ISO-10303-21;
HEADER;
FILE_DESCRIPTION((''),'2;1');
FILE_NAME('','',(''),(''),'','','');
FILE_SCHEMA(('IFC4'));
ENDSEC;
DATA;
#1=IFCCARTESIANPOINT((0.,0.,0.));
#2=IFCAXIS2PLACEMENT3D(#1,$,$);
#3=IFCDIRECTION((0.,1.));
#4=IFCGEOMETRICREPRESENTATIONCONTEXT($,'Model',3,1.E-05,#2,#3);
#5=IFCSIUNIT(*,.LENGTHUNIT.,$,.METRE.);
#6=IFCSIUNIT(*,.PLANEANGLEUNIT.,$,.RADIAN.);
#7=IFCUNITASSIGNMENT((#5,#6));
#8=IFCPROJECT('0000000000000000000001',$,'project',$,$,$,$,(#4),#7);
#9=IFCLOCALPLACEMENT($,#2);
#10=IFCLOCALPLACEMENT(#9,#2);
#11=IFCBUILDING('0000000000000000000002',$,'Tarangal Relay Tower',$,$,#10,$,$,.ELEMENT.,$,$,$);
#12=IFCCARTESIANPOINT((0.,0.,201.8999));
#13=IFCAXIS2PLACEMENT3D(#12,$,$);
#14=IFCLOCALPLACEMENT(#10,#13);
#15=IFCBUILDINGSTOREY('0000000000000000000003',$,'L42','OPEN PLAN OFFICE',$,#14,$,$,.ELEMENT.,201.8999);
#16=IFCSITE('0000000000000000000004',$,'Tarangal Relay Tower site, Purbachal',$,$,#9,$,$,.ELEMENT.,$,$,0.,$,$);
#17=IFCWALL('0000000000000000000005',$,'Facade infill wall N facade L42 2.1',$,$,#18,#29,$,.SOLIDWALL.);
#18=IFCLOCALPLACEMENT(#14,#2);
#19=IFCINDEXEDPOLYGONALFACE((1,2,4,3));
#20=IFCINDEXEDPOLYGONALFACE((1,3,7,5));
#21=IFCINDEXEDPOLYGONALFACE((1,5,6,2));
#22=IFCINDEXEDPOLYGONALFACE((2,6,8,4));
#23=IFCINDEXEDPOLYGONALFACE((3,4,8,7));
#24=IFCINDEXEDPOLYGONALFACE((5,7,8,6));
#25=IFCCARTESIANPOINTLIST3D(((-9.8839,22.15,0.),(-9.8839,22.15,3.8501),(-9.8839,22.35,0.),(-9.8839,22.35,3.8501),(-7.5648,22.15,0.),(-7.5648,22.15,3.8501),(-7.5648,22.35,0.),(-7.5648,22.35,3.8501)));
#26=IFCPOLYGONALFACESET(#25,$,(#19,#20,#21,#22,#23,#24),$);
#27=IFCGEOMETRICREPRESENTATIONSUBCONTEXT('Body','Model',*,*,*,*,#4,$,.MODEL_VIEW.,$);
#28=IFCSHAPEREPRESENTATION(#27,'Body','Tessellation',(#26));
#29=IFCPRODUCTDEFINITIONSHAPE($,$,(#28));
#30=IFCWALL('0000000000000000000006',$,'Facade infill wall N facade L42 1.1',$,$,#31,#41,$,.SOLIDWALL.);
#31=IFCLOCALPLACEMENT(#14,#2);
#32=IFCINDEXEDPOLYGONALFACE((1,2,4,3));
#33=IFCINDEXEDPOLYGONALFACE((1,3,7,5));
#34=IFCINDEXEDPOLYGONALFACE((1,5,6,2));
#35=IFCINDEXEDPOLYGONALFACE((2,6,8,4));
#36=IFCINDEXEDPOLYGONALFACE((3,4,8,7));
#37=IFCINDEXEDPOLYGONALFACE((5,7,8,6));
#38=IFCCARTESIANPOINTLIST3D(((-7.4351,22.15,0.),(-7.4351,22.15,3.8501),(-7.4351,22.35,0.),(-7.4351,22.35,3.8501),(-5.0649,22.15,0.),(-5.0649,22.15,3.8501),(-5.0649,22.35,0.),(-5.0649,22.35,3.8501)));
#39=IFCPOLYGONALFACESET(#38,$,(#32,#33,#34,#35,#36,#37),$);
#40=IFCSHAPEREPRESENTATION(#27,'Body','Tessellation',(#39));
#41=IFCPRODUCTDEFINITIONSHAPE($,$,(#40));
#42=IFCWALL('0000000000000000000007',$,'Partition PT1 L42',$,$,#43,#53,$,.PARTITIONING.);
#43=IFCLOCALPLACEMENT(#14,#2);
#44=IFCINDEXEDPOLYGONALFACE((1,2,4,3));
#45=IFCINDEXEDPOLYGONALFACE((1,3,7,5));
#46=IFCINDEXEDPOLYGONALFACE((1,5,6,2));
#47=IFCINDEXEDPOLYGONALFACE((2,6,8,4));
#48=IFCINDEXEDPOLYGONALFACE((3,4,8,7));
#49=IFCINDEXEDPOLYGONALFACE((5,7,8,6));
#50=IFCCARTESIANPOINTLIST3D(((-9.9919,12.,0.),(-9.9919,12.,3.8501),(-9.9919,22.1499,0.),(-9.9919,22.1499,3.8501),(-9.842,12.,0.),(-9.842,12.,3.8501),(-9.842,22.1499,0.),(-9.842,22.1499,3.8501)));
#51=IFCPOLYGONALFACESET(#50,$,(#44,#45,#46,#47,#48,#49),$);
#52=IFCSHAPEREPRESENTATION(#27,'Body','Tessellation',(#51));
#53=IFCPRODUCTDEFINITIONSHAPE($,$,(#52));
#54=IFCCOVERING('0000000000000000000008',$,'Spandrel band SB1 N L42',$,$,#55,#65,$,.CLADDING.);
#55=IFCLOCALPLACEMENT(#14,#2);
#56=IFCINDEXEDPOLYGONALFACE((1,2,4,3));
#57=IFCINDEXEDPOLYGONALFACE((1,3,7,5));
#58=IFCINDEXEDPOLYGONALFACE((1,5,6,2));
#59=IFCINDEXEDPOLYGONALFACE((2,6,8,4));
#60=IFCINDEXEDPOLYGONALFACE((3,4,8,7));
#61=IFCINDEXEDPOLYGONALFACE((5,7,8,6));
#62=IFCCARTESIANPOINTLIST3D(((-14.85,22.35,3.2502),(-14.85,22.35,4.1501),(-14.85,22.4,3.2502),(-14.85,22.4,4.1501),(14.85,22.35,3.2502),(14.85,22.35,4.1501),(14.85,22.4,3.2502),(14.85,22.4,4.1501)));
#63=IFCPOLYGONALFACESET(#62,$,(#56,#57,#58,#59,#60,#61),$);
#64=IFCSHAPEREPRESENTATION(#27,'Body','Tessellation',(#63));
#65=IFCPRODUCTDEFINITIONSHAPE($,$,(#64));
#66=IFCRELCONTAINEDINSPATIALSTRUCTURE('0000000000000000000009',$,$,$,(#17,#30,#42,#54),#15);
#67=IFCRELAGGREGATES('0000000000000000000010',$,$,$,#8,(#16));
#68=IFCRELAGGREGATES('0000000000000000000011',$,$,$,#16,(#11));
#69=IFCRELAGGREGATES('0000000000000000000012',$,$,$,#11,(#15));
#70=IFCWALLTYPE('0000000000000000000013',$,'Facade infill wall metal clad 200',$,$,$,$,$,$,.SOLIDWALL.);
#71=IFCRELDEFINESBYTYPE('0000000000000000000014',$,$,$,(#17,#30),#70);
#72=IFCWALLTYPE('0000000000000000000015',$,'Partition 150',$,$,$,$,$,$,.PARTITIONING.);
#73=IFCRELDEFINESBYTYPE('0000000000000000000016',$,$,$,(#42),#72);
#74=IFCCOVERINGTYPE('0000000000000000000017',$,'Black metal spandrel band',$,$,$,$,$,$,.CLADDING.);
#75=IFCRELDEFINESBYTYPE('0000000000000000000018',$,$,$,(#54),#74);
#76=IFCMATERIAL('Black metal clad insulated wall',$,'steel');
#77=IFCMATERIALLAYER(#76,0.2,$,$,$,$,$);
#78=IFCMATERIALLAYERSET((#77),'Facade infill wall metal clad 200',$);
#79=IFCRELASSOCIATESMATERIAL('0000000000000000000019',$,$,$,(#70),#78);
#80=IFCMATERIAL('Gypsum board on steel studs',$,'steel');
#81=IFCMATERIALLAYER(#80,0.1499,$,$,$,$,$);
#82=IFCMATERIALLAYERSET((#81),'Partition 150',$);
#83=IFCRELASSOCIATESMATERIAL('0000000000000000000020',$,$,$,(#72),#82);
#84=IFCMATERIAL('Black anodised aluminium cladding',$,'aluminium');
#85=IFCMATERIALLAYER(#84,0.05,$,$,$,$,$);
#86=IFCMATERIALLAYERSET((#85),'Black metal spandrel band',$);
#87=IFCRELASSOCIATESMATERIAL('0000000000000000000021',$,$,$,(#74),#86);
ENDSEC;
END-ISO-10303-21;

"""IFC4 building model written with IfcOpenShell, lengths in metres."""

from ifc_helpers import new_model, si_unit, direction, frame, frame_2d, origin, origin_2d, place, context, subcontext, project, spatial, rectangle, extrude, material, layer, layer_set, type_object, element, save


model = new_model("IFC4")

# Units and contexts
model_context = context("Model", 3, precision=1e-05, world=origin(), true_north=direction((0.0, 1.0)))
body_context = subcontext(model_context, "Body", "Model", "MODEL_VIEW")
ifc_project = project(units=[si_unit("LENGTHUNIT", "METRE"), si_unit("PLANEANGLEUNIT", "RADIAN")], contexts=[model_context])

# Site, building, storey
site_placement = place(None, origin())
site = spatial("IfcSite", under=ifc_project, at=site_placement, Name="Tarangal Relay Tower site, Purbachal", CompositionType="ELEMENT", RefElevation=0.0)
building_placement = place(site_placement, origin())
building = spatial("IfcBuilding", under=site, at=building_placement, Name="Tarangal Relay Tower", CompositionType="ELEMENT")
storey_placement = place(building_placement, frame((0.0, 0.0, 201.8999)))
storey = spatial("IfcBuildingStorey", under=building, at=storey_placement, Name="L42", Description="OPEN PLAN OFFICE", CompositionType="ELEMENT", Elevation=201.8999)

# Walls
ifc_material_1 = material(Name="Black metal clad insulated wall", Category="steel")
ifc_layer_1 = layer(ifc_material_1, 0.2)
ifc_layer_set_1 = layer_set([ifc_layer_1], Name="Facade infill wall metal clad 200")
wall_type_1 = type_object("IfcWallType", Name="Facade infill wall metal clad 200", PredefinedType="SOLIDWALL", material=ifc_layer_set_1)
wall_1_placement = place(storey_placement, frame((-9.884, 22.25, 0.0), z_axis=(0.0, 0.0, 1.0), x_axis=(1.0, 0.0, 0.0)))
element("IfcWall", 1, at=wall_1_placement, inside=storey, type_object=wall_type_1, Name="Facade infill wall N facade L42 2.1", PredefinedType="SOLIDWALL", context=body_context, shape_type="SweptSolid", body=[
    extrude(rectangle(XDim=2.3191, YDim=0.2, at=frame_2d((1.1597, 0.0))), origin(), (0.0, 0.0, 1.0), 3.8501),
])
wall_2_placement = place(storey_placement, frame((-7.4351, 22.25, 0.0), z_axis=(0.0, 0.0, 1.0), x_axis=(1.0, 0.0, 0.0)))
element("IfcWall", 2, at=wall_2_placement, inside=storey, type_object=wall_type_1, Name="Facade infill wall N facade L42 1.1", PredefinedType="SOLIDWALL", context=body_context, shape_type="SweptSolid", body=[
    extrude(rectangle(XDim=2.3701, YDim=0.2, at=frame_2d((1.1851, 0.0))), origin(), (0.0, 0.0, 1.0), 3.8501),
])
ifc_material_2 = material(Name="Gypsum board on steel studs", Category="steel")
ifc_layer_2 = layer(ifc_material_2, 0.1499)
ifc_layer_set_2 = layer_set([ifc_layer_2], Name="Partition 150")
wall_type_2 = type_object("IfcWallType", Name="Partition 150", PredefinedType="PARTITIONING", material=ifc_layer_set_2)
wall_3_placement = place(storey_placement, frame((-9.917, 12.0, 0.0), z_axis=(0.0, 0.0, 1.0), x_axis=(0.0, 1.0, 0.0)))
element("IfcWall", 3, at=wall_3_placement, inside=storey, type_object=wall_type_2, Name="Partition PT1 L42", PredefinedType="PARTITIONING", context=body_context, shape_type="SweptSolid", body=[
    extrude(rectangle(XDim=10.1499, YDim=0.1499, at=frame_2d((5.075, 0.0))), origin(), (0.0, 0.0, 1.0), 3.8501),
])

# Covering
ifc_material_3 = material(Name="Black anodised aluminium cladding", Category="aluminium")
ifc_layer_3 = layer(ifc_material_3, 0.05)
ifc_layer_set_3 = layer_set([ifc_layer_3], Name="Black metal spandrel band")
covering_type = type_object("IfcCoveringType", Name="Black metal spandrel band", PredefinedType="CLADDING", material=ifc_layer_set_3)
covering_placement = place(storey_placement, frame((0.0, 22.375, 3.2502), z_axis=(0.0, 0.0, 1.0), x_axis=(1.0, 0.0, 0.0)))
element("IfcCovering", 4, at=covering_placement, inside=storey, type_object=covering_type, Name="Spandrel band SB1 N L42", PredefinedType="CLADDING", context=body_context, shape_type="SweptSolid", body=[
    extrude(rectangle(XDim=29.7, YDim=0.05, at=origin_2d()), origin(), (0.0, 0.0, 1.0), 0.8999),
])

save(model, "model.ifc")
